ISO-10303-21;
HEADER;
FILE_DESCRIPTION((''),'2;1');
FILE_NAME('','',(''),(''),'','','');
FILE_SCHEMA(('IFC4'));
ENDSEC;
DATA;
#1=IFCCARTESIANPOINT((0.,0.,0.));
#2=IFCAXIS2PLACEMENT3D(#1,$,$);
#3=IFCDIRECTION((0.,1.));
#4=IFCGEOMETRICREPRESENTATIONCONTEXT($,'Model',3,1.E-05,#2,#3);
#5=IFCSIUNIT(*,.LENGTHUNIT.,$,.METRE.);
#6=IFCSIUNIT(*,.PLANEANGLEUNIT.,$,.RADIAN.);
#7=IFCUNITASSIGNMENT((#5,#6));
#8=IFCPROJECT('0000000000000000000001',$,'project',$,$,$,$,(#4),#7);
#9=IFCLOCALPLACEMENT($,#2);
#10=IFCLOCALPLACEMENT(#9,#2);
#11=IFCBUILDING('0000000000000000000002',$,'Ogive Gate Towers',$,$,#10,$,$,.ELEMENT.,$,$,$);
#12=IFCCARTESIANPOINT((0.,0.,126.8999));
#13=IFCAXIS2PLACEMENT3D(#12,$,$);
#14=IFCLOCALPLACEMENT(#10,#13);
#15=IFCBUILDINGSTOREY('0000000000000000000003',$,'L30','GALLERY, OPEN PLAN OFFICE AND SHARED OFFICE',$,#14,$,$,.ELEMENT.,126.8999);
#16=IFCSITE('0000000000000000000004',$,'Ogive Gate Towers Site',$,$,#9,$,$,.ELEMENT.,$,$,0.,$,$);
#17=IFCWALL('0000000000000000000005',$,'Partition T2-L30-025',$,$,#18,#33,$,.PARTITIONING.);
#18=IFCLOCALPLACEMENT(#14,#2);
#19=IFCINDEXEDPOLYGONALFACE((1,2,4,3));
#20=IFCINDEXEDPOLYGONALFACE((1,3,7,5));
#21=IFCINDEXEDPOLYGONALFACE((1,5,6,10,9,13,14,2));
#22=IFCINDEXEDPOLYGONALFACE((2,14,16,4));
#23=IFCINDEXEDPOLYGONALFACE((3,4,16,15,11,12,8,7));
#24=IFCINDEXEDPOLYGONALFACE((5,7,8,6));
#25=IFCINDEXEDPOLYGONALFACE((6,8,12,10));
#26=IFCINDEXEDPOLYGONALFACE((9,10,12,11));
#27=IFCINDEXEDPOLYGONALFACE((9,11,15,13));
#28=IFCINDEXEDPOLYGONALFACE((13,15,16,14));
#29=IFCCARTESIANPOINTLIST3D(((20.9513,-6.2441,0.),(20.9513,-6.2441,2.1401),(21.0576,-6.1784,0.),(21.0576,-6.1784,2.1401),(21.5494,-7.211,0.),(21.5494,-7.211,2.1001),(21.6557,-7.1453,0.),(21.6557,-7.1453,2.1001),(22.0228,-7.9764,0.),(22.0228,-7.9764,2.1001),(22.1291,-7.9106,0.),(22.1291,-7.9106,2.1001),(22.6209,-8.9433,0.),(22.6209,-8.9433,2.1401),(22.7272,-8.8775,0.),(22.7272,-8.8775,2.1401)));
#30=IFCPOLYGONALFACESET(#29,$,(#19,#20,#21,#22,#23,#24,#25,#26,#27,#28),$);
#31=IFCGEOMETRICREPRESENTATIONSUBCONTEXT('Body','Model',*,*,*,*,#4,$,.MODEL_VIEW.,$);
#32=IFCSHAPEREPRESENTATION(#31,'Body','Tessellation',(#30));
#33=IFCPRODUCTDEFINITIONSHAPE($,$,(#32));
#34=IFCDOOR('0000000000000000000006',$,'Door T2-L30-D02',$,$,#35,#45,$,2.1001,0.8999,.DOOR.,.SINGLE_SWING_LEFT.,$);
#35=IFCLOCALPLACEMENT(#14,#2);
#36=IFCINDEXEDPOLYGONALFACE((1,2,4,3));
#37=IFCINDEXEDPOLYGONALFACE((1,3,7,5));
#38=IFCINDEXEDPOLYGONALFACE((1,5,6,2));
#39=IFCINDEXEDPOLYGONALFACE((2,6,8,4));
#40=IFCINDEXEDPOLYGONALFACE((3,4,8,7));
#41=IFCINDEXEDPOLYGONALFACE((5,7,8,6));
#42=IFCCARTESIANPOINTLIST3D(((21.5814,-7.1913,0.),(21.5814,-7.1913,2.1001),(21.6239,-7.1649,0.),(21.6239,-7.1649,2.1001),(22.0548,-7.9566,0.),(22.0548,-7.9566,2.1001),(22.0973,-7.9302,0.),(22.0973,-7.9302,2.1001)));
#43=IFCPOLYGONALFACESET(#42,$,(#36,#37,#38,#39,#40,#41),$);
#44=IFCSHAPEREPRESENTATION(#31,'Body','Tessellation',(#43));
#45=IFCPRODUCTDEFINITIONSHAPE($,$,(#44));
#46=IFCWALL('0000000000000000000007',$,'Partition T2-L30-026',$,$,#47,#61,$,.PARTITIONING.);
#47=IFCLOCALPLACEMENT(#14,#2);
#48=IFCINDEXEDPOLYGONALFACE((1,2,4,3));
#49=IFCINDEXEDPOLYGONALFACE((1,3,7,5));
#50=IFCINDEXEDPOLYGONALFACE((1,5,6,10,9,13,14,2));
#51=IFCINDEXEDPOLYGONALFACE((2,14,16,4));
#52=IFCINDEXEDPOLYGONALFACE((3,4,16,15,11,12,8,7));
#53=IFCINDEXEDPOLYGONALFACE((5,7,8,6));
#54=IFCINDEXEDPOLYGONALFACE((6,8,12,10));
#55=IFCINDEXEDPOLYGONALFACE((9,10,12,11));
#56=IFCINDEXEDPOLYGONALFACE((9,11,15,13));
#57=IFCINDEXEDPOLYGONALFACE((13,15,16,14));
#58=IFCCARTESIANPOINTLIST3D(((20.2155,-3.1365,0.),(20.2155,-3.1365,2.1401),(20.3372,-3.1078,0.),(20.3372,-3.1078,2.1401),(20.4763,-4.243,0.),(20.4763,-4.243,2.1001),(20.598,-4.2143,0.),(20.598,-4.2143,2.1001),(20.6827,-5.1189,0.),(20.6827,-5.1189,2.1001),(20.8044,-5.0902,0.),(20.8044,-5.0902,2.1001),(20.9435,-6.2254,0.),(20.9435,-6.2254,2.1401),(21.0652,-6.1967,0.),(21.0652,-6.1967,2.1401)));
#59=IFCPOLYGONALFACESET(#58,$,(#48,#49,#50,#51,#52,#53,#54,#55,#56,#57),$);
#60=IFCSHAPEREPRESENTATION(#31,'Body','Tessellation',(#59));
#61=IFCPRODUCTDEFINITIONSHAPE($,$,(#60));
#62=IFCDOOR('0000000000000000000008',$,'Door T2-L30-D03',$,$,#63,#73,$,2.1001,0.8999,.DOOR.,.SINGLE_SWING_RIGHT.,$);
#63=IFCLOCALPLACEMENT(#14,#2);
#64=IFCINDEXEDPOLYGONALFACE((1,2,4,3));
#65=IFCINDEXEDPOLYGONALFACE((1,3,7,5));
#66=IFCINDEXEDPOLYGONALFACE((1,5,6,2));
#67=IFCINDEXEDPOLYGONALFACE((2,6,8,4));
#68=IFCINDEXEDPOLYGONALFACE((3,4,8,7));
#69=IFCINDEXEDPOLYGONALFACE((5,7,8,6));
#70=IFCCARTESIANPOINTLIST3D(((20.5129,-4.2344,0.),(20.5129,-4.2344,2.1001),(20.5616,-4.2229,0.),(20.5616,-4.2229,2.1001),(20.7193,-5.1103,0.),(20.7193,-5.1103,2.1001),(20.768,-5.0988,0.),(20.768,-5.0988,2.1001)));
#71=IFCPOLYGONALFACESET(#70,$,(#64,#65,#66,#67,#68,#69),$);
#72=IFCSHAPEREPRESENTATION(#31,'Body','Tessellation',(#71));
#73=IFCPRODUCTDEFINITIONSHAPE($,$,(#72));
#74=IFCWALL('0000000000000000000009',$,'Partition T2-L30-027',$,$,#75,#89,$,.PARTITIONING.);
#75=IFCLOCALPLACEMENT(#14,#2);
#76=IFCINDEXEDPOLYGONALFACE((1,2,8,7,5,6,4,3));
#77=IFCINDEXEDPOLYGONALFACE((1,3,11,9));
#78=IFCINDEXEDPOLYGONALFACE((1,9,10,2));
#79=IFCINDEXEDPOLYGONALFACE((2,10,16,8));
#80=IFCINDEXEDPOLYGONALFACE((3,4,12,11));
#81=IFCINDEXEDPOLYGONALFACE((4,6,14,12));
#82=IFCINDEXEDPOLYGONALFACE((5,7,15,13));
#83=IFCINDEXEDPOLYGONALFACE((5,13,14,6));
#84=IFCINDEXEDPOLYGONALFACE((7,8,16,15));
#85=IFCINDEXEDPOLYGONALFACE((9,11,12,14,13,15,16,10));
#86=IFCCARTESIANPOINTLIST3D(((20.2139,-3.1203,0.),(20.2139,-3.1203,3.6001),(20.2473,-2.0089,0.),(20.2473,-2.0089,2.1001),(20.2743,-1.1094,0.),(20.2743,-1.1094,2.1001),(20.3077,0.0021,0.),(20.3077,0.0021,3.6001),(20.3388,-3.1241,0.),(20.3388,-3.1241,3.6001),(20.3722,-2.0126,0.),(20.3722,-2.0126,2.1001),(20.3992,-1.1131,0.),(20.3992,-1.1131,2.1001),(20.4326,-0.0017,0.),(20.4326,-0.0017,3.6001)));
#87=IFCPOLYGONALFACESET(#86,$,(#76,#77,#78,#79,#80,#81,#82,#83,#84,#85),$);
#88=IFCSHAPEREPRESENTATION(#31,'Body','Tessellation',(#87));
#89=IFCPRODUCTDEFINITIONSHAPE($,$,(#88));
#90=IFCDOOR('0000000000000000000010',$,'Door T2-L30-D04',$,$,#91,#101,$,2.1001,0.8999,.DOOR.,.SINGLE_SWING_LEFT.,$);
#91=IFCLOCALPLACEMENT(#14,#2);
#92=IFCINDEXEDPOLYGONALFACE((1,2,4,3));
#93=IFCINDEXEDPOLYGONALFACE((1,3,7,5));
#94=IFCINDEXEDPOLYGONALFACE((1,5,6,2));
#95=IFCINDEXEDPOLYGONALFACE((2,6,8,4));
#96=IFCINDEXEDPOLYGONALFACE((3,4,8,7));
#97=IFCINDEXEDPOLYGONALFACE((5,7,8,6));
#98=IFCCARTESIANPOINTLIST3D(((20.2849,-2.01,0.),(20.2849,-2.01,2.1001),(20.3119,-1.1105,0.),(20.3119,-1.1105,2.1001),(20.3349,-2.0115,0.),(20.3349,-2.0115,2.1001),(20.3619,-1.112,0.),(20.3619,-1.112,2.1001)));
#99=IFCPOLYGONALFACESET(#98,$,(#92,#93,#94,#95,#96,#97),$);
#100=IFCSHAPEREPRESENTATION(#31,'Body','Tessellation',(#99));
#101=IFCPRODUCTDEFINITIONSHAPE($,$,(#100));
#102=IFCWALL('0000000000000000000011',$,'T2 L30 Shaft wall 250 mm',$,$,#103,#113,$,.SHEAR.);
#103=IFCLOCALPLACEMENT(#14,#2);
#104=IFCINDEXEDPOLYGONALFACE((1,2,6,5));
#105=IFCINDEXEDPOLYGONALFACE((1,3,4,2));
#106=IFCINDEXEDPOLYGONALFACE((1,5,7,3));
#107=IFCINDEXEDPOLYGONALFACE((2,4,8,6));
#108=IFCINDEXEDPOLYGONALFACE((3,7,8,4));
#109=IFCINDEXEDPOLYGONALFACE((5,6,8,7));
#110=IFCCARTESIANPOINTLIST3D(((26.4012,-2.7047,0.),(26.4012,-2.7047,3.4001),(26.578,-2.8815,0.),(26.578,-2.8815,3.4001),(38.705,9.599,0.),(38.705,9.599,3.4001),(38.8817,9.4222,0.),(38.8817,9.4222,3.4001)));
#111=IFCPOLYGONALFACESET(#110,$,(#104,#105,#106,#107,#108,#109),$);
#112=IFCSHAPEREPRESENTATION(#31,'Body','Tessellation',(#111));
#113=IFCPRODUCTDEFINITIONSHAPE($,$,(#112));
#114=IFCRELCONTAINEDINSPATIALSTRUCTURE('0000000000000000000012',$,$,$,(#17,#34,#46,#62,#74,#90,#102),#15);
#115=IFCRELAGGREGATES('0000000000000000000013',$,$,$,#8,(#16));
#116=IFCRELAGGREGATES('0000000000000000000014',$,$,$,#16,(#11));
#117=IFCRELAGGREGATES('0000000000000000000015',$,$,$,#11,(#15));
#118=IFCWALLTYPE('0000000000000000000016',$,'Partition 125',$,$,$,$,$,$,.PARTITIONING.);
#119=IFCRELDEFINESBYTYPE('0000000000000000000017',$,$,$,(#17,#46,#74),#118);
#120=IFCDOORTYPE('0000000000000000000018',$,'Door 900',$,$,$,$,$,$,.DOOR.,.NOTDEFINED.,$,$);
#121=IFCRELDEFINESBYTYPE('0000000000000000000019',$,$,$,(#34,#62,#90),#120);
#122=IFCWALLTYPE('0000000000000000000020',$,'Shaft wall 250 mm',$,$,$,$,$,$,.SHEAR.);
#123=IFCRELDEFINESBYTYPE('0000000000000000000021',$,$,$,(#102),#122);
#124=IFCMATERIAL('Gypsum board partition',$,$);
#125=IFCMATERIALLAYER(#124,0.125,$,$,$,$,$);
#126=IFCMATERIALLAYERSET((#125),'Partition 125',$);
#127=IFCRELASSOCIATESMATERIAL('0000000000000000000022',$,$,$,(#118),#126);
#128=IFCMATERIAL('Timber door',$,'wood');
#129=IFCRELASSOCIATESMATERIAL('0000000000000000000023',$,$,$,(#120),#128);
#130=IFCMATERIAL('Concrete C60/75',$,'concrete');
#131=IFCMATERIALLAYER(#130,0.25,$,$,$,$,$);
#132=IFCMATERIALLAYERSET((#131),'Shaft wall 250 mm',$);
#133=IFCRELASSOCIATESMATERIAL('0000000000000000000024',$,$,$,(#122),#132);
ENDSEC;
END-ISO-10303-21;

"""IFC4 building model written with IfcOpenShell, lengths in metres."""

from ifc_helpers import new_model, si_unit, direction, frame, frame_2d, origin, place, context, subcontext, project, spatial, rectangle, extrude, material, layer, layer_set, type_object, element, fill, save


model = new_model("IFC4")

# Units and contexts
model_context = context("Model", 3, precision=1e-05, world=origin(), true_north=direction((0.0, 1.0)))
body_context = subcontext(model_context, "Body", "Model", "MODEL_VIEW")
ifc_project = project(units=[si_unit("LENGTHUNIT", "METRE"), si_unit("PLANEANGLEUNIT", "RADIAN")], contexts=[model_context])

# Site, building, storey
site_placement = place(None, origin())
site = spatial("IfcSite", under=ifc_project, at=site_placement, Name="Ogive Gate Towers Site", CompositionType="ELEMENT", RefElevation=0.0)
building_placement = place(site_placement, origin())
building = spatial("IfcBuilding", under=site, at=building_placement, Name="Ogive Gate Towers", CompositionType="ELEMENT")
storey_placement = place(building_placement, frame((0.0, 0.0, 126.8999)))
storey = spatial("IfcBuildingStorey", under=building, at=storey_placement, Name="L30", Description="GALLERY, OPEN PLAN OFFICE AND SHARED OFFICE", CompositionType="ELEMENT", Elevation=126.8999)

# Shared definitions
ifc_material_1 = material(Name="Gypsum board partition")
ifc_layer_1 = layer(ifc_material_1, 0.125)
ifc_layer_set_1 = layer_set([ifc_layer_1], Name="Partition 125")
wall_type_1 = type_object("IfcWallType", Name="Partition 125", PredefinedType="PARTITIONING", material=ifc_layer_set_1)

# Walls, openings, doors
ifc_material_2 = material(Name="Timber door", Category="wood")
wall_1_placement = place(storey_placement, frame((22.6741, -8.9104, 0.0), z_axis=(0.0, 0.0, 1.0), x_axis=(-0.526066, 0.850444, 0.0)))
wall_1 = element("IfcWall", 1, at=wall_1_placement, inside=storey, type_object=wall_type_1, Name="Partition T2-L30-025", PredefinedType="PARTITIONING", context=body_context, shape_type="SweptSolid", body=[
    extrude(rectangle(XDim=3.1738, YDim=0.125, at=frame_2d((1.5869, 0.0))), origin(), (0.0, 0.0, 1.0), 2.1401),
])
opening_1_placement = place(wall_1_placement, frame((1.137, 0.0, 0.0)))
opening_1 = element("IfcOpeningElement", 2, at=opening_1_placement, cuts=wall_1, PredefinedType="OPENING", context=body_context, shape_type="SweptSolid", body=[
    extrude(rectangle(XDim=0.8999, YDim=2.1001, at=frame_2d((0.45, 1.05))), frame((0.0, 0.0725, 0.0), z_axis=(0.0, -1.0, 0.0), x_axis=(1.0, 0.0, 0.0)), (0.0, 0.0, 1.0), 0.145),
])
door_type_1 = type_object("IfcDoorType", Name="Door 900", OperationType="NOTDEFINED", PredefinedType="DOOR", material=ifc_material_2)
door_1_placement = place(opening_1_placement, origin())
door_1 = element("IfcDoor", 3, at=door_1_placement, inside=storey, type_object=door_type_1, Name="Door T2-L30-D02", OperationType="SINGLE_SWING_LEFT", OverallHeight=2.1001, OverallWidth=0.8999, PredefinedType="DOOR", context=body_context, shape_type="SweptSolid", body=[
    extrude(rectangle(XDim=0.8999, YDim=2.1001, at=frame_2d((0.45, 1.05))), frame((0.0, 0.0249, 0.0), z_axis=(0.0, -1.0, 0.0), x_axis=(1.0, 0.0, 0.0)), (0.0, 0.0, 1.0), 0.05),
])
fill(opening_1, door_1)
wall_2_placement = place(storey_placement, frame((21.0044, -6.2112, 0.0), z_axis=(0.0, 0.0, 1.0), x_axis=(-0.229408, 0.97333, 0.0)))
wall_2 = element("IfcWall", 4, at=wall_2_placement, inside=storey, type_object=wall_type_1, Name="Partition T2-L30-026", PredefinedType="PARTITIONING", context=body_context, shape_type="SweptSolid", body=[
    extrude(rectangle(XDim=3.1736, YDim=0.125, at=frame_2d((1.5869, 0.0))), origin(), (0.0, 0.0, 1.0), 2.1401),
])
opening_2_placement = place(wall_2_placement, frame((1.137, 0.0, 0.0)))
opening_2 = element("IfcOpeningElement", 5, at=opening_2_placement, cuts=wall_2, PredefinedType="OPENING", context=body_context, shape_type="SweptSolid", body=[
    extrude(rectangle(XDim=0.8999, YDim=2.1001, at=frame_2d((0.45, 1.05))), frame((0.0, 0.0725, 0.0), z_axis=(0.0, -1.0, 0.0), x_axis=(1.0, 0.0, 0.0)), (0.0, 0.0, 1.0), 0.145),
])
door_2_placement = place(opening_2_placement, origin())
door_2 = element("IfcDoor", 6, at=door_2_placement, inside=storey, type_object=door_type_1, Name="Door T2-L30-D03", OperationType="SINGLE_SWING_RIGHT", OverallHeight=2.1001, OverallWidth=0.8999, PredefinedType="DOOR", context=body_context, shape_type="SweptSolid", body=[
    extrude(rectangle(XDim=0.8999, YDim=2.1001, at=frame_2d((0.45, 1.05))), frame((0.0, 0.0249, 0.0), z_axis=(0.0, -1.0, 0.0), x_axis=(1.0, 0.0, 0.0)), (0.0, 0.0, 1.0), 0.05),
])
fill(opening_2, door_2)
wall_3_placement = place(storey_placement, frame((20.2764, -3.1223, 0.0), z_axis=(0.0, 0.0, 1.0), x_axis=(0.030012, 0.99955, 0.0)))
wall_3 = element("IfcWall", 7, at=wall_3_placement, inside=storey, type_object=wall_type_1, Name="Partition T2-L30-027", PredefinedType="PARTITIONING", context=body_context, shape_type="SweptSolid", body=[
    extrude(rectangle(XDim=3.1238, YDim=0.125, at=frame_2d((1.562, 0.0))), origin(), (0.0, 0.0, 1.0), 3.6001),
])
opening_3_placement = place(wall_3_placement, frame((1.1121, 0.0, 0.0)))
opening_3 = element("IfcOpeningElement", 8, at=opening_3_placement, cuts=wall_3, PredefinedType="OPENING", context=body_context, shape_type="SweptSolid", body=[
    extrude(rectangle(XDim=0.8999, YDim=2.1001, at=frame_2d((0.45, 1.05))), frame((0.0, 0.0725, 0.0), z_axis=(0.0, -1.0, 0.0), x_axis=(1.0, 0.0, 0.0)), (0.0, 0.0, 1.0), 0.145),
])
door_3_placement = place(opening_3_placement, origin())
door_3 = element("IfcDoor", 9, at=door_3_placement, inside=storey, type_object=door_type_1, Name="Door T2-L30-D04", OperationType="SINGLE_SWING_LEFT", OverallHeight=2.1001, OverallWidth=0.8999, PredefinedType="DOOR", context=body_context, shape_type="SweptSolid", body=[
    extrude(rectangle(XDim=0.8999, YDim=2.1001, at=frame_2d((0.45, 1.05))), frame((0.0, 0.0249, 0.0), z_axis=(0.0, -1.0, 0.0), x_axis=(1.0, 0.0, 0.0)), (0.0, 0.0, 1.0), 0.05),
])
fill(opening_3, door_3)

# Wall
ifc_material_3 = material(Name="Concrete C60/75", Category="concrete")
ifc_layer_2 = layer(ifc_material_3, 0.25)
ifc_layer_set_2 = layer_set([ifc_layer_2], Name="Shaft wall 250 mm")
wall_type_2 = type_object("IfcWallType", Name="Shaft wall 250 mm", PredefinedType="SHEAR", material=ifc_layer_set_2)
wall_4_placement = place(storey_placement, frame((26.4895, -2.7932, 0.0), z_axis=(0.0, 0.0, 1.0), x_axis=(0.707107, 0.707107, 0.0)))
element("IfcWall", 10, at=wall_4_placement, inside=storey, type_object=wall_type_2, Name="T2 L30 Shaft wall 250 mm", PredefinedType="SHEAR", context=body_context, shape_type="SweptSolid", body=[
    extrude(rectangle(XDim=17.4001, YDim=0.25, at=frame_2d((8.7002, 0.0))), origin(), (0.0, 0.0, 1.0), 3.4001),
])

save(model, "model.ifc")
